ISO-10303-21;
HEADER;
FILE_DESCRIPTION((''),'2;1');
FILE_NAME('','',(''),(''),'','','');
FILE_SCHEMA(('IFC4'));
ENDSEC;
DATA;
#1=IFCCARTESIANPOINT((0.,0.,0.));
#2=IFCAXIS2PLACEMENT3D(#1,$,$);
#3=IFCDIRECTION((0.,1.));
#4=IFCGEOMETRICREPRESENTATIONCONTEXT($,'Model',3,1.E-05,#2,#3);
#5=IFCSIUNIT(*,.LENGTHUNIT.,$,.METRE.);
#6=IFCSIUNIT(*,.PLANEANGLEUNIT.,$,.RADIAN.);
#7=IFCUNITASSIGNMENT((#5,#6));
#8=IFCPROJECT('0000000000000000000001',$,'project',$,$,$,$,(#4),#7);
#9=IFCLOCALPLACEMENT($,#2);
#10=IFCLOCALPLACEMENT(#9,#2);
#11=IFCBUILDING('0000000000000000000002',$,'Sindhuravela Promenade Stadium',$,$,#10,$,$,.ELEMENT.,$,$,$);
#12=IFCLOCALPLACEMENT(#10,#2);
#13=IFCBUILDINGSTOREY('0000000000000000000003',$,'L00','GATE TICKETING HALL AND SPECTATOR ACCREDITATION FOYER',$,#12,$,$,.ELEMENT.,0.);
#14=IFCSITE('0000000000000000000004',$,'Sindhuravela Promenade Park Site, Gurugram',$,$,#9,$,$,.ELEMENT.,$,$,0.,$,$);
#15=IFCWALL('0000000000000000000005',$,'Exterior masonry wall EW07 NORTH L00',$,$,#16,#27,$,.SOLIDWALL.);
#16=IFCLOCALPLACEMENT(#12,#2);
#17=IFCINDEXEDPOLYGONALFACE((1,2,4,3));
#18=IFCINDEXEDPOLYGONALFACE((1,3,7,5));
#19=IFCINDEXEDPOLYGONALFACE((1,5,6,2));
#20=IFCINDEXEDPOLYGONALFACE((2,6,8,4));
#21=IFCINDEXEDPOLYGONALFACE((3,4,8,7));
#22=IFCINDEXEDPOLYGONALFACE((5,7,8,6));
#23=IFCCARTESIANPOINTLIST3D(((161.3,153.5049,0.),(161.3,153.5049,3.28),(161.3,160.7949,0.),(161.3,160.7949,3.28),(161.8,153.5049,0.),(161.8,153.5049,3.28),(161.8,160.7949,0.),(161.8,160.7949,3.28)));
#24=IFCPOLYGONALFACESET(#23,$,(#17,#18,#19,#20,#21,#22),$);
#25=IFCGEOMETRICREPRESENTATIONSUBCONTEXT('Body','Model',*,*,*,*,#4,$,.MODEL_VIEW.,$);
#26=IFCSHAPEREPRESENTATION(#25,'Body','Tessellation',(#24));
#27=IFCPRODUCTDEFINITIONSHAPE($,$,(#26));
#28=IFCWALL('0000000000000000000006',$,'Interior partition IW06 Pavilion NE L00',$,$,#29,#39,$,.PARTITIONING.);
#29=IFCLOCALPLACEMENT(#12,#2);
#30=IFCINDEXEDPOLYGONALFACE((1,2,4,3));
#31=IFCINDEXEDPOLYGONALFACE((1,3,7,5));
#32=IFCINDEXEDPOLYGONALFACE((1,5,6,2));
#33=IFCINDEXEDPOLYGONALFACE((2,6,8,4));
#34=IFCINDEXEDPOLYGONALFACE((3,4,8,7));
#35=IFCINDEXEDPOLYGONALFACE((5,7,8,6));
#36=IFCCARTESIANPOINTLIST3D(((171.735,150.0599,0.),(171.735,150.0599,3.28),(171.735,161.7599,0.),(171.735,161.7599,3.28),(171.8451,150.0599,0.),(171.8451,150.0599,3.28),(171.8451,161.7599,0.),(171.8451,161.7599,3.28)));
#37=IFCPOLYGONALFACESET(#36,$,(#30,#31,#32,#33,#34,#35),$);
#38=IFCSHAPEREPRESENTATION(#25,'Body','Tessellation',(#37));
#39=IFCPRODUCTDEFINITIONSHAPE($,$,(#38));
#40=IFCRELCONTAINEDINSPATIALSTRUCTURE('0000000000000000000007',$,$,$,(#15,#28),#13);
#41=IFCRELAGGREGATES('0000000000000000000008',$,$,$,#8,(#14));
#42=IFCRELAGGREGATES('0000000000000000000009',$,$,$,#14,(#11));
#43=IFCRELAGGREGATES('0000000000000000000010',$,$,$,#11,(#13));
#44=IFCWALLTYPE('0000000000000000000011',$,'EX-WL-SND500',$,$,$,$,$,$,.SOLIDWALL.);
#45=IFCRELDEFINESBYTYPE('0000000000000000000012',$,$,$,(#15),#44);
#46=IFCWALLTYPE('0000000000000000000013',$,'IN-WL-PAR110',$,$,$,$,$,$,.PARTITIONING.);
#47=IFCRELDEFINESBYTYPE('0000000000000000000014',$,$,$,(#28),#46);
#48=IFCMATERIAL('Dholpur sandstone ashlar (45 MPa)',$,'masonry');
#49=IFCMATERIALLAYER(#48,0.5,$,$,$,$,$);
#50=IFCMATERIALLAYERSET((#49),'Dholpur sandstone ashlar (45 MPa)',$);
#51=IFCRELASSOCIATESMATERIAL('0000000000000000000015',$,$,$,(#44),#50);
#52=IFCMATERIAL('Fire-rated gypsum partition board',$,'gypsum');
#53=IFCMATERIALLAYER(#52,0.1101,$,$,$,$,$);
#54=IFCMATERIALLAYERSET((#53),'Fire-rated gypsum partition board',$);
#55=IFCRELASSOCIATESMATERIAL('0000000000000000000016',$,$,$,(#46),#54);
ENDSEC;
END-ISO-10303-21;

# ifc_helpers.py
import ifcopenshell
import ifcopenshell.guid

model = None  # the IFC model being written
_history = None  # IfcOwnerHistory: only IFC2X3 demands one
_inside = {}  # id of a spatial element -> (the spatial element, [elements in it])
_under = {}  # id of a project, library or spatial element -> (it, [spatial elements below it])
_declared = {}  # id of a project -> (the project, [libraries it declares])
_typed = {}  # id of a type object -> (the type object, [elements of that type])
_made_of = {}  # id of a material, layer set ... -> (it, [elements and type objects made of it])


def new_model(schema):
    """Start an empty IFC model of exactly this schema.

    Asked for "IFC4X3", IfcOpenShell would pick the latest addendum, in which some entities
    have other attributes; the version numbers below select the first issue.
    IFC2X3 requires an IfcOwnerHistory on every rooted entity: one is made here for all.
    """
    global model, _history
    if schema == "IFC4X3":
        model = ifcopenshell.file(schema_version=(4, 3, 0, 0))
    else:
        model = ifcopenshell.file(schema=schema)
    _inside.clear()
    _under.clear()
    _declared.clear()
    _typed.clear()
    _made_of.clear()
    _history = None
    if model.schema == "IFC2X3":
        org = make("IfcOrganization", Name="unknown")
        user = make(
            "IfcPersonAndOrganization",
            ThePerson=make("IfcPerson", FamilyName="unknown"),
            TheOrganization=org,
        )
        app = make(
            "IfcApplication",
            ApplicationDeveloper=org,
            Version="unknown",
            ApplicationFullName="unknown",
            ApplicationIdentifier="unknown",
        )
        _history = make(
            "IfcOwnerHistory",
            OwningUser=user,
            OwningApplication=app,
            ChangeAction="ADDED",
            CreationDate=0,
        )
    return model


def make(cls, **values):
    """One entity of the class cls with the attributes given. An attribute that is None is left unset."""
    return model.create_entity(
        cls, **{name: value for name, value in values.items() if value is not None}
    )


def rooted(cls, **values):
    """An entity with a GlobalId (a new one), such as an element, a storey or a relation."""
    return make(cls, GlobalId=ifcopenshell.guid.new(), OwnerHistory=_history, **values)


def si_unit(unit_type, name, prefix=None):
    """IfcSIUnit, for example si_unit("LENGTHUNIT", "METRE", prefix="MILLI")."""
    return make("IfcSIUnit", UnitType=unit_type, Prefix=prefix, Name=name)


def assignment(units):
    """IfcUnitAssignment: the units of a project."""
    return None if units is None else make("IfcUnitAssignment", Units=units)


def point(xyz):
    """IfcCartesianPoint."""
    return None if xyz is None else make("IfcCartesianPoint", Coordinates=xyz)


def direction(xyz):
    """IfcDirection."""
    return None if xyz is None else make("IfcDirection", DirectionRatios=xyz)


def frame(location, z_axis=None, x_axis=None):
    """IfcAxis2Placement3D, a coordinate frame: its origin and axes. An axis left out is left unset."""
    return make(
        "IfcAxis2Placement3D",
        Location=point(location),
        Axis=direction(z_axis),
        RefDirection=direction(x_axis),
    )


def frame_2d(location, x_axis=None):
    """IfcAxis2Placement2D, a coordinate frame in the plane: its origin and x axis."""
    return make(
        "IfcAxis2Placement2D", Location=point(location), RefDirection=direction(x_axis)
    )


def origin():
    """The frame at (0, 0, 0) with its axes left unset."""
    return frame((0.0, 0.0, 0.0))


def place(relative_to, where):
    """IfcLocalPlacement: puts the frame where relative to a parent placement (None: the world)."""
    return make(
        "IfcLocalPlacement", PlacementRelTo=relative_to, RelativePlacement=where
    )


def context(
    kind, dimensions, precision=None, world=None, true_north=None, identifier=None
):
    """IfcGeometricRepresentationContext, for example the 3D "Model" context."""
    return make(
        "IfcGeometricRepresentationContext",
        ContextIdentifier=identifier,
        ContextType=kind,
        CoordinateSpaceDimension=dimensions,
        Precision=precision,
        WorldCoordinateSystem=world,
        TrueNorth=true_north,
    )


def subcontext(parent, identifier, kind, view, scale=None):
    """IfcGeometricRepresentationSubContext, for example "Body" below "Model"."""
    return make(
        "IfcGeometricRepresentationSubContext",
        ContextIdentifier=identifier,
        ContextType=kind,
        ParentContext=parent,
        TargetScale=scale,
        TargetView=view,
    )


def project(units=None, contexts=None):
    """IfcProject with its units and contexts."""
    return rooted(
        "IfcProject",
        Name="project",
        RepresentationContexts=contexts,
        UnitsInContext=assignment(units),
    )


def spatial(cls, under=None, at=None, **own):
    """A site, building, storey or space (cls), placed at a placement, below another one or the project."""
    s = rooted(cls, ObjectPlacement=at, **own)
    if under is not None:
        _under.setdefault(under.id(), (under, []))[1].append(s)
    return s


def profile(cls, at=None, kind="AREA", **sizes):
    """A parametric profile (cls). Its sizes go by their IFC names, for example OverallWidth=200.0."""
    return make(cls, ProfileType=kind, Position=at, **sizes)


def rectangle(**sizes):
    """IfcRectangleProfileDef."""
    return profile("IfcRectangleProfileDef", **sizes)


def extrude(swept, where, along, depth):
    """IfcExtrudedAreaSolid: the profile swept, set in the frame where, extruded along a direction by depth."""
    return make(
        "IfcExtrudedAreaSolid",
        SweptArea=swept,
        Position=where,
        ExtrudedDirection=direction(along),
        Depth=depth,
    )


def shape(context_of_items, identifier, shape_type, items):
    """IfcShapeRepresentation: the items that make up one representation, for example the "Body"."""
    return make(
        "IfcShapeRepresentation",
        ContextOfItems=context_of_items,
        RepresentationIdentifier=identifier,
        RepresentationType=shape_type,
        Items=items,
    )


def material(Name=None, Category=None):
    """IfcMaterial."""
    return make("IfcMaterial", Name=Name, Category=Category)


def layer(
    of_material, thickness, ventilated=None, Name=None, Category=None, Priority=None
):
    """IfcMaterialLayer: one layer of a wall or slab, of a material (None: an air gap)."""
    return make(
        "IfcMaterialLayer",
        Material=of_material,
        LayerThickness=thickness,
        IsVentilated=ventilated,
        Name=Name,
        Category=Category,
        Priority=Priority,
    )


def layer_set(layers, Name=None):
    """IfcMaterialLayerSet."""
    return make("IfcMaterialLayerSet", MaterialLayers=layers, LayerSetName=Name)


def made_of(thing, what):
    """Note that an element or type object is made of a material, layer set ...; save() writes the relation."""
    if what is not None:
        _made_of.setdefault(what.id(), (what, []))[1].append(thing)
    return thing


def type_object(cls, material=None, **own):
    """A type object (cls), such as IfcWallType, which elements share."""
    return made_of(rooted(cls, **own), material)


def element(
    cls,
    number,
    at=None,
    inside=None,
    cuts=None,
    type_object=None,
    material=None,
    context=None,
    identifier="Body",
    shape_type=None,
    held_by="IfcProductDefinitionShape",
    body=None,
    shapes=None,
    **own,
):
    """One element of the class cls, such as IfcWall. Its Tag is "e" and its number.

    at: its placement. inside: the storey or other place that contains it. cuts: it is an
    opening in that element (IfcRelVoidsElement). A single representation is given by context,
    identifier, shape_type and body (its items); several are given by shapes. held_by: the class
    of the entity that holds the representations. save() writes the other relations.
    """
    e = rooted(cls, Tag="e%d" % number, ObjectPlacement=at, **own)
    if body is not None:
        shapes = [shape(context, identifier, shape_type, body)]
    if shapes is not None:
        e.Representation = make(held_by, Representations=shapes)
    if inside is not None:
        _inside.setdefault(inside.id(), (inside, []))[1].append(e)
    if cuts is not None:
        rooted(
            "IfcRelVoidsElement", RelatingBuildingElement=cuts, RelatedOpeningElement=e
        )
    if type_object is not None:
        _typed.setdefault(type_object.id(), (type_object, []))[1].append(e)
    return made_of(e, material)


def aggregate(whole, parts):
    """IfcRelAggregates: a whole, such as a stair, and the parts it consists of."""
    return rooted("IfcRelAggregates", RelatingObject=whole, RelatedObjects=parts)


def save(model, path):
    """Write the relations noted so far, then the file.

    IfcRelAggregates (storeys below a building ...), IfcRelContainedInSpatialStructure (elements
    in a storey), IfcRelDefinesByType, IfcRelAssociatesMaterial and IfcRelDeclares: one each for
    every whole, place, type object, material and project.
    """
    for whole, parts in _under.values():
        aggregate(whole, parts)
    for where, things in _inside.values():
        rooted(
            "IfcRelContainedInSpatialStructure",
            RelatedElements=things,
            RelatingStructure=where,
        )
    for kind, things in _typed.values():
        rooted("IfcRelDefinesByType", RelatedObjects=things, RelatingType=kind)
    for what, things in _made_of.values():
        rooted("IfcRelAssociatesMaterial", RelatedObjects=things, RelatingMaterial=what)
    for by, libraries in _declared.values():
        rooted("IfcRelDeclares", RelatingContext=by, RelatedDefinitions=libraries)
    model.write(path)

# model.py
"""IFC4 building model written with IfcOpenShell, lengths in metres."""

from ifc_helpers import new_model, si_unit, direction, frame, frame_2d, origin, place, context, subcontext, project, spatial, rectangle, extrude, material, layer, layer_set, type_object, element, save


model = new_model("IFC4")

# Units and contexts
model_context = context("Model", 3, precision=1e-05, world=origin(), true_north=direction((0.0, 1.0)))
body_context = subcontext(model_context, "Body", "Model", "MODEL_VIEW")
ifc_project = project(units=[si_unit("LENGTHUNIT", "METRE"), si_unit("PLANEANGLEUNIT", "RADIAN")], contexts=[model_context])

# Site, building, storey
site_placement = place(None, origin())
site = spatial("IfcSite", under=ifc_project, at=site_placement, Name="Sindhuravela Promenade Park Site, Gurugram", CompositionType="ELEMENT", RefElevation=0.0)
building_placement = place(site_placement, origin())
building = spatial("IfcBuilding", under=site, at=building_placement, Name="Sindhuravela Promenade Stadium", CompositionType="ELEMENT")
storey_placement = place(building_placement, origin())
storey = spatial("IfcBuildingStorey", under=building, at=storey_placement, Name="L00", Description="GATE TICKETING HALL AND SPECTATOR ACCREDITATION FOYER", CompositionType="ELEMENT", Elevation=0.0)

# Shared definitions
ifc_material_1 = material(Name="Dholpur sandstone ashlar (45 MPa)", Category="masonry")

# Walls
ifc_layer_1 = layer(ifc_material_1, 0.5)
ifc_layer_set_1 = layer_set([ifc_layer_1], Name="Dholpur sandstone ashlar (45 MPa)")
wall_type_1 = type_object("IfcWallType", Name="EX-WL-SND500", PredefinedType="SOLIDWALL", material=ifc_layer_set_1)
wall_1_placement = place(storey_placement, frame((161.55, 160.7949, 0.0), z_axis=(0.0, 0.0, 1.0), x_axis=(0.0, -1.0, 0.0)))
element("IfcWall", 1, at=wall_1_placement, inside=storey, type_object=wall_type_1, Name="Exterior masonry wall EW07 NORTH L00", PredefinedType="SOLIDWALL", context=body_context, shape_type="SweptSolid", body=[
    extrude(rectangle(XDim=7.29, YDim=0.5, at=frame_2d((3.645, 0.0))), origin(), (0.0, 0.0, 1.0), 3.28),
])
ifc_material_2 = material(Name="Fire-rated gypsum partition board", Category="gypsum")
ifc_layer_2 = layer(ifc_material_2, 0.1101)
ifc_layer_set_2 = layer_set([ifc_layer_2], Name="Fire-rated gypsum partition board")
wall_type_2 = type_object("IfcWallType", Name="IN-WL-PAR110", PredefinedType="PARTITIONING", material=ifc_layer_set_2)
wall_2_placement = place(storey_placement, frame((171.79, 161.76, 0.0), z_axis=(0.0, 0.0, 1.0), x_axis=(0.0, -1.0, 0.0)))
element("IfcWall", 2, at=wall_2_placement, inside=storey, type_object=wall_type_2, Name="Interior partition IW06 Pavilion NE L00", PredefinedType="PARTITIONING", context=body_context, shape_type="SweptSolid", body=[
    extrude(rectangle(XDim=11.7, YDim=0.1101, at=frame_2d((5.8501, 0.0))), origin(), (0.0, 0.0, 1.0), 3.28),
])

save(model, "model.ifc")
